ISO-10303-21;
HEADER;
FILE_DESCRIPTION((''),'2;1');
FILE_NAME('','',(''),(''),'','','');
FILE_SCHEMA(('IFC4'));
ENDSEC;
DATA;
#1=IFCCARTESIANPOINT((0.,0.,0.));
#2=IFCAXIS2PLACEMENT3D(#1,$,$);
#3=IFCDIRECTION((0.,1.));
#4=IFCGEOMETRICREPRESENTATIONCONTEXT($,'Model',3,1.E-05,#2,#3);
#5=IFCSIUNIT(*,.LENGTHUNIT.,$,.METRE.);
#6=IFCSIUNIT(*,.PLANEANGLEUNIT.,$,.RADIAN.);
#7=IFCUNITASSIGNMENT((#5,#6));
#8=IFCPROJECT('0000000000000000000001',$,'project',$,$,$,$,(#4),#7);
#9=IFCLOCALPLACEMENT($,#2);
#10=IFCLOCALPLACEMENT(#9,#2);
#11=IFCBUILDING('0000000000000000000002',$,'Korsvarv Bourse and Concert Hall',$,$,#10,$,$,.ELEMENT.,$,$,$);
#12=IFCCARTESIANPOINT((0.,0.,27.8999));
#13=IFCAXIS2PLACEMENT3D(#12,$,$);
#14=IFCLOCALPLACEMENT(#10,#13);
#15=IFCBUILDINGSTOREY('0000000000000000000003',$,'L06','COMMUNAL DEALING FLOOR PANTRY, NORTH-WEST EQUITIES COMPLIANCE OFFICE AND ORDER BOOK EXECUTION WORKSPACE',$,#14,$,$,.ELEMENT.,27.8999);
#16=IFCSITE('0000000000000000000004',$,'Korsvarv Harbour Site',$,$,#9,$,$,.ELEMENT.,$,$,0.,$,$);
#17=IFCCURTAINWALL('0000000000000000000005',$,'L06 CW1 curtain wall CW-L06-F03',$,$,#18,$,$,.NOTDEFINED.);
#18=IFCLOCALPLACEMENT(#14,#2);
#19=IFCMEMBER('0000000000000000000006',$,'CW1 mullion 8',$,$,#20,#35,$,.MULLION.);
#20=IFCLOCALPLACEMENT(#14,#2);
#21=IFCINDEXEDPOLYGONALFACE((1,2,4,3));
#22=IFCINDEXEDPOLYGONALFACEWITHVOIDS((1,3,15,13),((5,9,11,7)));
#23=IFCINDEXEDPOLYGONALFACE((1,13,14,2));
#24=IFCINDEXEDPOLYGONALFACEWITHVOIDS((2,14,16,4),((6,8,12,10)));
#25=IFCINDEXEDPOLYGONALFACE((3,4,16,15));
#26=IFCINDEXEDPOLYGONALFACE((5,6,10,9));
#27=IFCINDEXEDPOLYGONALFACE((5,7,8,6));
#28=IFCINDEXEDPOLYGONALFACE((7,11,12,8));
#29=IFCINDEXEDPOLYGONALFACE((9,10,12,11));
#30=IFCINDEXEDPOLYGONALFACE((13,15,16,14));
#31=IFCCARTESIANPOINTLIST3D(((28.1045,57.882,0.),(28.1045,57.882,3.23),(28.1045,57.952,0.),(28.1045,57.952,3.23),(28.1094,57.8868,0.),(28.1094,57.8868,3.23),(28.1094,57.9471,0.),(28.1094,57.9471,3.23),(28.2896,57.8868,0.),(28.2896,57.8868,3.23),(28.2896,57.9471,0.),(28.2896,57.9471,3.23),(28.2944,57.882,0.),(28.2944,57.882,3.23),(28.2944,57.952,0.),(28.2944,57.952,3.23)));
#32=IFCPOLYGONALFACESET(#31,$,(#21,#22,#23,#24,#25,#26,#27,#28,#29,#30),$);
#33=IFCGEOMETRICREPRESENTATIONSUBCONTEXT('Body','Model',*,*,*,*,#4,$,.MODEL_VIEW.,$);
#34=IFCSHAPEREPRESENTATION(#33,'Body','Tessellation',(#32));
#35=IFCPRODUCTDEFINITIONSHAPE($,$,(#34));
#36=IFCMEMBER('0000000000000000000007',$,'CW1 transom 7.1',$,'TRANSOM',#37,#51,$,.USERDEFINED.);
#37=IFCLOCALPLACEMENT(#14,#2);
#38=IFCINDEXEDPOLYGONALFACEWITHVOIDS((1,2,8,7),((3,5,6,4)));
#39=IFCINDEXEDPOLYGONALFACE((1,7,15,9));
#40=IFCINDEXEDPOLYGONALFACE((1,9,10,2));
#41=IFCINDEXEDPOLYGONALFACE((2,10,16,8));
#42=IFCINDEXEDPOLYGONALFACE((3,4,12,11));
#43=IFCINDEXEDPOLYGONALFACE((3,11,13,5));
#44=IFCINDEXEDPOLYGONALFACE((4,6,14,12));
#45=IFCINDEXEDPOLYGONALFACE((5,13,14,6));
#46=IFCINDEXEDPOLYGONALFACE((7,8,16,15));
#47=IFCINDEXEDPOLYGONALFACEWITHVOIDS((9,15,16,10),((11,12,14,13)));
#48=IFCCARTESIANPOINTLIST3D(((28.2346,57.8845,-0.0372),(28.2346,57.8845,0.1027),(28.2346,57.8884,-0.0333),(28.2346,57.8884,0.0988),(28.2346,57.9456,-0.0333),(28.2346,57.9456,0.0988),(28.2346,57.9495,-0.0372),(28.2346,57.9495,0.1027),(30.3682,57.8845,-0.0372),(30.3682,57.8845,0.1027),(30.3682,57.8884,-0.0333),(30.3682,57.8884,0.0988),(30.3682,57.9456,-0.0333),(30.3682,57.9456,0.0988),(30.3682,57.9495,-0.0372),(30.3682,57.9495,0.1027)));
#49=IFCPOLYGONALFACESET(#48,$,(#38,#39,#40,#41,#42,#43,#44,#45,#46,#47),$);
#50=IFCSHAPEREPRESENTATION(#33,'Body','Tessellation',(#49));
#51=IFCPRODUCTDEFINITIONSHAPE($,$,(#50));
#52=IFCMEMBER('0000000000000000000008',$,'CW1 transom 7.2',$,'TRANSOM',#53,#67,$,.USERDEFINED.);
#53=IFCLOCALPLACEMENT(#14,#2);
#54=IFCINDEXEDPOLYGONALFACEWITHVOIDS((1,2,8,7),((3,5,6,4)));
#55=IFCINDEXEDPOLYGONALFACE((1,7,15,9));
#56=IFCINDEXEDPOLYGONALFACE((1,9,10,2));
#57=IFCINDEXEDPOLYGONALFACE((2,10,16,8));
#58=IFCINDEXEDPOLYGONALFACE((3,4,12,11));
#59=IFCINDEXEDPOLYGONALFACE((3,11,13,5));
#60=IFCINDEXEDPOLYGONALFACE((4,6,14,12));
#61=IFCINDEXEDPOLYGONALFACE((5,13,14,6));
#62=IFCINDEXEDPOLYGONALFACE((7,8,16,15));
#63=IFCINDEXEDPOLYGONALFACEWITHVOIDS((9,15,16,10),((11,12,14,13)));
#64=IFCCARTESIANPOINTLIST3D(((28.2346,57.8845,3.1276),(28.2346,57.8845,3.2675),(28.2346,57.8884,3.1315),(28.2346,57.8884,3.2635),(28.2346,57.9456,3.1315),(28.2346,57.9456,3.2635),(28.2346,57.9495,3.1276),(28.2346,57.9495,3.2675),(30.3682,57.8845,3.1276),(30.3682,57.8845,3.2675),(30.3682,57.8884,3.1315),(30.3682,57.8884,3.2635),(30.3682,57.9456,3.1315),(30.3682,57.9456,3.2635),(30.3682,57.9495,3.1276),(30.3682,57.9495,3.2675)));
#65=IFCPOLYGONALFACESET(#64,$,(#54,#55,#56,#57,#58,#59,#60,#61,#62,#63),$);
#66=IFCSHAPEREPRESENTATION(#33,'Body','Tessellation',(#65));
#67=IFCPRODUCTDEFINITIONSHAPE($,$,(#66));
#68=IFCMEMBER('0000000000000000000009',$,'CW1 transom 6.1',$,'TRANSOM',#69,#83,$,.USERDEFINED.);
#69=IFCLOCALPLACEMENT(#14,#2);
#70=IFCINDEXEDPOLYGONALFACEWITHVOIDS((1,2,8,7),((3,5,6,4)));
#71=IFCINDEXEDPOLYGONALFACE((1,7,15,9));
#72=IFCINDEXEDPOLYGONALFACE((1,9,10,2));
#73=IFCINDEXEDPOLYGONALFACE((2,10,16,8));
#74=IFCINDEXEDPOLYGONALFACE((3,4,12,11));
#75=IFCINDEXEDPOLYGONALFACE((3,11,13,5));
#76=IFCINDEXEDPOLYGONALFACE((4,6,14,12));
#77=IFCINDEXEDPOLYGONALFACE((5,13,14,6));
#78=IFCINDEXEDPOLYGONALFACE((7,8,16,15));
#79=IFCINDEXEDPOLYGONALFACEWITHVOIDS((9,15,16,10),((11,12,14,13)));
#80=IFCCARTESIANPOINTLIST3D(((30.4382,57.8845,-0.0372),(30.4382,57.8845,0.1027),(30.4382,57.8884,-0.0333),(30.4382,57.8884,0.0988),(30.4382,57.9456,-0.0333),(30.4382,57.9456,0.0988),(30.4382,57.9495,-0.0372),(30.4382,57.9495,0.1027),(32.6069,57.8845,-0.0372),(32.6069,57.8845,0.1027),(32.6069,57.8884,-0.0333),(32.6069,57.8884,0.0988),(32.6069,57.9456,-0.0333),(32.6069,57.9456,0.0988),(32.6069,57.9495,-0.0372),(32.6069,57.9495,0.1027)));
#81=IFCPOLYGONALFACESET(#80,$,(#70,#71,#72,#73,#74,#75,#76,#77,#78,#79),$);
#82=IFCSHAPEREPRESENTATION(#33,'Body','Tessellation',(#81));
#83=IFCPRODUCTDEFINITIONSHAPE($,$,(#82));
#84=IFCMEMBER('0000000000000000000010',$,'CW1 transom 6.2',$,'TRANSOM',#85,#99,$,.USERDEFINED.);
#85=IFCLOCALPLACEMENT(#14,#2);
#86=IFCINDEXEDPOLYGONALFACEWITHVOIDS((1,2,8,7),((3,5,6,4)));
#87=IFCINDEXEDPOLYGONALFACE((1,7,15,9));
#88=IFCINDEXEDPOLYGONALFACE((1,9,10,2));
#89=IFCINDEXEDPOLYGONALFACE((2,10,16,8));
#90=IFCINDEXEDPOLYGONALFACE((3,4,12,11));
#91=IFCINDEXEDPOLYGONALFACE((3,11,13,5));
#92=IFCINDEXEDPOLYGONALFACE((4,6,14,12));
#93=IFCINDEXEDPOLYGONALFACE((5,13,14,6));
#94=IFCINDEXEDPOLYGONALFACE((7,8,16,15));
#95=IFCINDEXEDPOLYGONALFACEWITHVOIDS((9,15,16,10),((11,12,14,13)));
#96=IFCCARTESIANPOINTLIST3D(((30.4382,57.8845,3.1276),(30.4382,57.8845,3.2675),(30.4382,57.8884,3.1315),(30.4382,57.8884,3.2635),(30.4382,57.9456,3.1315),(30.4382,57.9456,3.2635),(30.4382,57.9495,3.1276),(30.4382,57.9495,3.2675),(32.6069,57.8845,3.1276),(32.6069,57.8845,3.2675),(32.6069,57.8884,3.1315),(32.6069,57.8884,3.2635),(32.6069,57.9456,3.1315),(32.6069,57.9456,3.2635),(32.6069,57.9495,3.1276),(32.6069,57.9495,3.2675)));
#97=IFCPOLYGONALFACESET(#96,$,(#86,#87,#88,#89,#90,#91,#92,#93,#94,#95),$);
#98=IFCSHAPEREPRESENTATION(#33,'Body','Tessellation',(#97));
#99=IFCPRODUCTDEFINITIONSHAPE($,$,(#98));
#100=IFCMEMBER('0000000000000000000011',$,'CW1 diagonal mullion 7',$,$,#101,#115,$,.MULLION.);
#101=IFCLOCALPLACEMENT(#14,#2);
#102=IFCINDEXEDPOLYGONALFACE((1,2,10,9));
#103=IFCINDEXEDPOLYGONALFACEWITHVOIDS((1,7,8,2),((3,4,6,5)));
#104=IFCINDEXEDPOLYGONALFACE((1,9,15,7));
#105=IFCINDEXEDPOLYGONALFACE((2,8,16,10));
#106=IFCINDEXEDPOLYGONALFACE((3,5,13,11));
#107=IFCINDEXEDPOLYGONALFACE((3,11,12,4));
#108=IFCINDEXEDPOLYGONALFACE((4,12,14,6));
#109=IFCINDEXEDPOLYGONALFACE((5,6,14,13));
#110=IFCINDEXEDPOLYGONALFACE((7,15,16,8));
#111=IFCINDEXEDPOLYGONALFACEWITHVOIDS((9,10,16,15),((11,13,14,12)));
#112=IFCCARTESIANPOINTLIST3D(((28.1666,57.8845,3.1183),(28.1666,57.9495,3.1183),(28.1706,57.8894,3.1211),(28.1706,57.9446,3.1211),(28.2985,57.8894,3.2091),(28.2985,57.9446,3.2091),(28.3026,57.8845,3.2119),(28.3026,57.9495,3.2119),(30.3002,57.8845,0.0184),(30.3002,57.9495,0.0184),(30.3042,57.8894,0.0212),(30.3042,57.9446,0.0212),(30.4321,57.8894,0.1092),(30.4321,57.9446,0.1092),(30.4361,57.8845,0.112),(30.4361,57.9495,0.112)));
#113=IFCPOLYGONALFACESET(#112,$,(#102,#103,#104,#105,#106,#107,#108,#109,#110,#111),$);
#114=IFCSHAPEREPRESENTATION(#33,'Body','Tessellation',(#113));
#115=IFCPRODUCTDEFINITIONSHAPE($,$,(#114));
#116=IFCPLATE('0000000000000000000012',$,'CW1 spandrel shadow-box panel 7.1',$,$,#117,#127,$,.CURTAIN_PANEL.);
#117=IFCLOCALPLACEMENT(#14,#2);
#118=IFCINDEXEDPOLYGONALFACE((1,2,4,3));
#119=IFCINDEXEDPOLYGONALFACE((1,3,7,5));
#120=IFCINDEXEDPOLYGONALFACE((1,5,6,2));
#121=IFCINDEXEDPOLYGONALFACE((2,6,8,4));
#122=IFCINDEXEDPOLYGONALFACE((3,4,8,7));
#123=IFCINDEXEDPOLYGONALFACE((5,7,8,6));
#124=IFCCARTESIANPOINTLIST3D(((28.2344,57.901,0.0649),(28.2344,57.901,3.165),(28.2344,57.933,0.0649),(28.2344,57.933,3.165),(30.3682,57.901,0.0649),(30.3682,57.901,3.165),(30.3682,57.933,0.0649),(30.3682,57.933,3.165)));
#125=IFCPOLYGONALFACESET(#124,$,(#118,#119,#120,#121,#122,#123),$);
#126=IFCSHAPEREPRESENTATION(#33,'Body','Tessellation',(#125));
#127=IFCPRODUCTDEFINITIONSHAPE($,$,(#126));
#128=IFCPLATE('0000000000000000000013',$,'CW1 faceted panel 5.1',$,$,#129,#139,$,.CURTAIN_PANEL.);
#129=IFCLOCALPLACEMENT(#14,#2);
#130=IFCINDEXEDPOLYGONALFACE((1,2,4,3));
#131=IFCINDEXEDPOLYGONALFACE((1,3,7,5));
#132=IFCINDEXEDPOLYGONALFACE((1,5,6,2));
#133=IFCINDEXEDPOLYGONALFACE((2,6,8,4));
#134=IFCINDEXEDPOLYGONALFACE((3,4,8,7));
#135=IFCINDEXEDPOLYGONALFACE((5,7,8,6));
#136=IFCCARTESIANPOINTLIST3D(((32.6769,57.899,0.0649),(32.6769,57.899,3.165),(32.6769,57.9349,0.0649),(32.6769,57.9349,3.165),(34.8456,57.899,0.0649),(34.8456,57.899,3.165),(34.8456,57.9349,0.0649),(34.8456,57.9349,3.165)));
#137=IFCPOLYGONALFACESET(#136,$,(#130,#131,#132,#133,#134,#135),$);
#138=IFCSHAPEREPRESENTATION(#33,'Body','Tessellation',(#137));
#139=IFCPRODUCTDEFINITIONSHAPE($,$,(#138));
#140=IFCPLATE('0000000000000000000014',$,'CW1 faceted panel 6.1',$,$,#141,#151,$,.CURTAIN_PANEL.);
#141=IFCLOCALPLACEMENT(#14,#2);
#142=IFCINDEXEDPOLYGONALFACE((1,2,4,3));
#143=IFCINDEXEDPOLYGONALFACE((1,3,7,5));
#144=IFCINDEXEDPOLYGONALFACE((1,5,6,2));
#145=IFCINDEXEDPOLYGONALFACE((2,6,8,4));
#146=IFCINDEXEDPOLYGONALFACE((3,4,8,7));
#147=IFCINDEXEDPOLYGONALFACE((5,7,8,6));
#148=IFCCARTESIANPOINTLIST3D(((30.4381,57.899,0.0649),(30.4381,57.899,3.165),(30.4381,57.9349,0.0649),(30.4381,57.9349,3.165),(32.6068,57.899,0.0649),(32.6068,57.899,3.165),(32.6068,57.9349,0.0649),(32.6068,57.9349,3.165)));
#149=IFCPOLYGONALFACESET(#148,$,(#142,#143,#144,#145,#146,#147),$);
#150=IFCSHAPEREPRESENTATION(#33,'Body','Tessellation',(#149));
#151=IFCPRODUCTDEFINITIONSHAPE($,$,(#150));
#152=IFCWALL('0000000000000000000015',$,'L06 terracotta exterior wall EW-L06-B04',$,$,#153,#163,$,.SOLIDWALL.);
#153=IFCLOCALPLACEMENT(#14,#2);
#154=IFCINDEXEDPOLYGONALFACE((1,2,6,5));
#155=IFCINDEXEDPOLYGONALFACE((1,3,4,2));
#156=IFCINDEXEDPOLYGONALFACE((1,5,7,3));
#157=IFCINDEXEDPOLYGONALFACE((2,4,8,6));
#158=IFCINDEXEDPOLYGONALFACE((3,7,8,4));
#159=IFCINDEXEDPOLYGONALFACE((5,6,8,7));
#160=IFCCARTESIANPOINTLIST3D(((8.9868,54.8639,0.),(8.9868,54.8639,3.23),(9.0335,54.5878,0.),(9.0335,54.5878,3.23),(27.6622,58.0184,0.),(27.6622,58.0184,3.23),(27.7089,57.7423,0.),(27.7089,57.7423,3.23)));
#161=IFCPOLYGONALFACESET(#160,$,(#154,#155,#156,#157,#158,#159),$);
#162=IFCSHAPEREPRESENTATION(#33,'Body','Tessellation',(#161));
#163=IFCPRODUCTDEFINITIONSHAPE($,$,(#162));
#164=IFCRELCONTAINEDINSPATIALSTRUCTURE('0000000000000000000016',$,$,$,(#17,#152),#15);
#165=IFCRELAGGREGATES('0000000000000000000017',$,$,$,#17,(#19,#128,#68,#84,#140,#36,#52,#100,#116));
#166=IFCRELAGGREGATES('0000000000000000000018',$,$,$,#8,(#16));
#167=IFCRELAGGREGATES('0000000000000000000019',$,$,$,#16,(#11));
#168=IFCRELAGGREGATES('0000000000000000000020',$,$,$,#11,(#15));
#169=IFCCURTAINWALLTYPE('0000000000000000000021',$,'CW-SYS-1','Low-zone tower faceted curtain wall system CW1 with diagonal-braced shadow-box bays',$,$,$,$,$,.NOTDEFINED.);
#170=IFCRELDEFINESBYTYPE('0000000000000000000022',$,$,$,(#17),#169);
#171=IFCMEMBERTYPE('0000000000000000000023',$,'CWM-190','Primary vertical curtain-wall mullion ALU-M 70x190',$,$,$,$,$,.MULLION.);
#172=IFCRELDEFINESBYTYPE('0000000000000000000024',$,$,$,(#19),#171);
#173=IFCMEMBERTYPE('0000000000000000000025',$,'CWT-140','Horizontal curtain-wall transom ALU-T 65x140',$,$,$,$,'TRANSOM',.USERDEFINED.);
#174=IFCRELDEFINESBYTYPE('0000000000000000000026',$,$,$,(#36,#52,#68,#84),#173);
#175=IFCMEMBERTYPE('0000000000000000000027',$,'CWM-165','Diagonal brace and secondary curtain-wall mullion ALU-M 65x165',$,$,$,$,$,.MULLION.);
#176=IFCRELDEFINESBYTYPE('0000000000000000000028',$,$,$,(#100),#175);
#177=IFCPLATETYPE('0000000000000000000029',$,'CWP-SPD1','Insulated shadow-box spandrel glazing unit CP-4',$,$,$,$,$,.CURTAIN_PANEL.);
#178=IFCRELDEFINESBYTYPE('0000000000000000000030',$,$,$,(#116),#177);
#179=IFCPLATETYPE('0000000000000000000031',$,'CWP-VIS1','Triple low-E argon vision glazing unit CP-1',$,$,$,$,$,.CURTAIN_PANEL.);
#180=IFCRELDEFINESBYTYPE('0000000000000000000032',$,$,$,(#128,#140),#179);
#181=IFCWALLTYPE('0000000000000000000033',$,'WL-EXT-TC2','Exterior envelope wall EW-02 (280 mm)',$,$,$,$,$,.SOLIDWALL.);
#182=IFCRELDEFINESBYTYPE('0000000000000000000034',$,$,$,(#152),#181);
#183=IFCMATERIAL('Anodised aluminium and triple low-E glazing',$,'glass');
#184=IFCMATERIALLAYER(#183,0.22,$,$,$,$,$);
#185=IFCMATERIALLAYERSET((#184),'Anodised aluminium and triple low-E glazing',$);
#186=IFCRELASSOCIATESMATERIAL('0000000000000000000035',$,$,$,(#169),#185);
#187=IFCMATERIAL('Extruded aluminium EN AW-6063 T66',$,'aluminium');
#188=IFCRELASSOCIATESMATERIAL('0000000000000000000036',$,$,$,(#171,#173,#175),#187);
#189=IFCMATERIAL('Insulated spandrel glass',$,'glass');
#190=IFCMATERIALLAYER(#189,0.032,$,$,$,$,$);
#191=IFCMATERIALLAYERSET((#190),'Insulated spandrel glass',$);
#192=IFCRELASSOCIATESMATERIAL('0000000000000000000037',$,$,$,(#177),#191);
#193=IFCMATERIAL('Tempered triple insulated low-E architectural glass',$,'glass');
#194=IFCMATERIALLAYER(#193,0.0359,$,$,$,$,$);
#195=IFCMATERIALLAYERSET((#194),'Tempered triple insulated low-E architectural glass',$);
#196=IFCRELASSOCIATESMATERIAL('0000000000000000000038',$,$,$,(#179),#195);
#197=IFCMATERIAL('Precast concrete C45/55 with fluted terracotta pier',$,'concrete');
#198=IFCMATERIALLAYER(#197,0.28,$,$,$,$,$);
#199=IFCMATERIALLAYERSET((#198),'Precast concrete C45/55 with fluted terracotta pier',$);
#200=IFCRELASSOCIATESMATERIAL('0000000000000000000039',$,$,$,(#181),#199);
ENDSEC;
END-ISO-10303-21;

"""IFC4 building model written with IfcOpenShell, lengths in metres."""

from ifc_helpers import new_model, si_unit, direction, frame, frame_2d, origin, origin_2d, place, context, subcontext, project, spatial, rectangle, hollow_rectangle, extrude, source, transform, mapped, material, layer, layer_set, material_profile, profile_set, type_object, element, aggregate, save


model = new_model("IFC4")

# Units and contexts
model_context = context("Model", 3, precision=1e-05, world=origin(), true_north=direction((0.0, 1.0)))
body_context = subcontext(model_context, "Body", "Model", "MODEL_VIEW")
ifc_project = project(units=[si_unit("LENGTHUNIT", "METRE"), si_unit("PLANEANGLEUNIT", "RADIAN")], contexts=[model_context])

# Site, building, storey
site_placement = place(None, origin())
site = spatial("IfcSite", under=ifc_project, at=site_placement, Name="Korsvarv Harbour Site", CompositionType="ELEMENT", RefElevation=0.0)
building_placement = place(site_placement, origin())
building = spatial("IfcBuilding", under=site, at=building_placement, Name="Korsvarv Bourse and Concert Hall", CompositionType="ELEMENT")
storey_placement = place(building_placement, frame((0.0, 0.0, 27.8999)))
storey = spatial("IfcBuildingStorey", under=building, at=storey_placement, Name="L06", Description="COMMUNAL DEALING FLOOR PANTRY, NORTH-WEST EQUITIES COMPLIANCE OFFICE AND ORDER BOOK EXECUTION WORKSPACE", CompositionType="ELEMENT", Elevation=27.8999)

# Curtain wall, members, plates
ifc_material_1 = material(Name="Anodised aluminium and triple low-E glazing", Category="glass")
ifc_layer_1 = layer(ifc_material_1, 0.22)
ifc_layer_set_1 = layer_set([ifc_layer_1], Name="Anodised aluminium and triple low-E glazing")
curtain_wall_type = type_object("IfcCurtainWallType", Name="CW-SYS-1", Description="Low-zone tower faceted curtain wall system CW1 with diagonal-braced shadow-box bays", PredefinedType="NOTDEFINED", material=ifc_layer_set_1)
curtain_wall_placement = place(storey_placement, origin())
curtain_wall = element("IfcCurtainWall", 1, at=curtain_wall_placement, inside=storey, type_object=curtain_wall_type, Name="L06 CW1 curtain wall CW-L06-F03", PredefinedType="NOTDEFINED")
ifc_material_2 = material(Name="Extruded aluminium EN AW-6063 T66", Category="aluminium")
ifc_material_profile_1 = material_profile(ifc_material_2, hollow_rectangle(XDim=0.0701, YDim=0.1899, WallThickness=0.0049, at=origin_2d()), Name="ALU-M 70x190")
ifc_profile_set_1 = profile_set([ifc_material_profile_1], Name="Extruded aluminium EN AW-6063 T66")
member_type_1 = type_object("IfcMemberType", Name="CWM-190", Description="Primary vertical curtain-wall mullion ALU-M 70x190", PredefinedType="MULLION", material=ifc_profile_set_1)
shared_shape_1 = source(origin(), body_context, "Body", "SweptSolid", [
    extrude(hollow_rectangle(XDim=0.0701, YDim=0.1899, WallThickness=0.0049, at=origin_2d()), origin(), (0.0, 0.0, 1.0), 3.23),
])
member_1_placement = place(storey_placement, frame((28.1995, 57.917, 0.0), z_axis=(0.0, 0.0, 1.0), x_axis=(0.0, -1.0, 0.0)))
member_1 = element("IfcMember", 2, at=member_1_placement, type_object=member_type_1, Name="CW1 mullion 8", PredefinedType="MULLION", context=body_context, shape_type="MappedRepresentation", body=[
    mapped(shared_shape_1, transform((0.0, 0.0, 0.0), scale=1.0)),
])
ifc_material_profile_2 = material_profile(ifc_material_2, hollow_rectangle(XDim=0.0649, YDim=0.1399, WallThickness=0.0039, at=origin_2d()), Name="ALU-T 65x140")
ifc_profile_set_2 = profile_set([ifc_material_profile_2], Name="Extruded aluminium EN AW-6063 T66")
member_type_2 = type_object("IfcMemberType", Name="CWT-140", Description="Horizontal curtain-wall transom ALU-T 65x140", ElementType="TRANSOM", PredefinedType="USERDEFINED", material=ifc_profile_set_2)
shared_shape_2 = source(origin(), body_context, "Body", "SweptSolid", [
    extrude(hollow_rectangle(XDim=0.0649, YDim=0.1399, WallThickness=0.0039, at=origin_2d()), origin(), (0.0, 0.0, 1.0), 2.1335),
])
member_2_placement = place(storey_placement, frame((30.3682, 57.917, 0.0327), z_axis=(-1.0, 0.0, 0.0), x_axis=(0.0, -1.0, 0.0)))
member_2 = element("IfcMember", 3, at=member_2_placement, type_object=member_type_2, Name="CW1 transom 7.1", ObjectType="TRANSOM", PredefinedType="USERDEFINED", context=body_context, shape_type="MappedRepresentation", body=[
    mapped(shared_shape_2, transform((0.0, 0.0, 0.0), scale=1.0)),
])
member_3_placement = place(storey_placement, frame((30.3682, 57.917, 3.1975), z_axis=(-1.0, 0.0, 0.0), x_axis=(0.0, -1.0, 0.0)))
member_3 = element("IfcMember", 4, at=member_3_placement, type_object=member_type_2, Name="CW1 transom 7.2", ObjectType="TRANSOM", PredefinedType="USERDEFINED", context=body_context, shape_type="MappedRepresentation", body=[
    mapped(shared_shape_2, transform((0.0, 0.0, 0.0), scale=1.0)),
])
shared_shape_3 = source(origin(), body_context, "Body", "SweptSolid", [
    extrude(hollow_rectangle(XDim=0.0649, YDim=0.1399, WallThickness=0.0039, at=origin_2d()), origin(), (0.0, 0.0, 1.0), 2.1687),
])
member_4_placement = place(storey_placement, frame((32.6069, 57.917, 0.0327), z_axis=(-1.0, 0.0, 0.0), x_axis=(0.0, -1.0, 0.0)))
member_4 = element("IfcMember", 5, at=member_4_placement, type_object=member_type_2, Name="CW1 transom 6.1", ObjectType="TRANSOM", PredefinedType="USERDEFINED", context=body_context, shape_type="MappedRepresentation", body=[
    mapped(shared_shape_3, transform((0.0, 0.0, 0.0), scale=1.0)),
])
member_5_placement = place(storey_placement, frame((32.6069, 57.917, 3.1975), z_axis=(-1.0, 0.0, 0.0), x_axis=(0.0, -1.0, 0.0)))
member_5 = element("IfcMember", 6, at=member_5_placement, type_object=member_type_2, Name="CW1 transom 6.2", ObjectType="TRANSOM", PredefinedType="USERDEFINED", context=body_context, shape_type="MappedRepresentation", body=[
    mapped(shared_shape_3, transform((0.0, 0.0, 0.0), scale=1.0)),
])
ifc_material_profile_3 = material_profile(ifc_material_2, hollow_rectangle(XDim=0.0649, YDim=0.165, WallThickness=0.0049, at=origin_2d()), Name="ALU-M 65x165")
ifc_profile_set_3 = profile_set([ifc_material_profile_3], Name="Extruded aluminium EN AW-6063 T66")
member_type_3 = type_object("IfcMemberType", Name="CWM-165", Description="Diagonal brace and secondary curtain-wall mullion ALU-M 65x165", PredefinedType="MULLION", material=ifc_profile_set_3)
shared_shape_4 = source(origin(), body_context, "Body", "SweptSolid", [
    extrude(hollow_rectangle(XDim=0.0649, YDim=0.165, WallThickness=0.0049, at=origin_2d()), origin(), (0.0, 0.0, 1.0), 3.7632),
])
member_6_placement = place(storey_placement, frame((30.3682, 57.917, 0.0652), z_axis=(-0.566961, 0.0, 0.823745), x_axis=(0.0, -1.0, 0.0)))
member_6 = element("IfcMember", 7, at=member_6_placement, type_object=member_type_3, Name="CW1 diagonal mullion 7", PredefinedType="MULLION", context=body_context, shape_type="MappedRepresentation", body=[
    mapped(shared_shape_4, transform((0.0, 0.0, 0.0), scale=1.0)),
])
ifc_material_3 = material(Name="Insulated spandrel glass", Category="glass")
ifc_layer_2 = layer(ifc_material_3, 0.032)
ifc_layer_set_2 = layer_set([ifc_layer_2], Name="Insulated spandrel glass")
plate_type_1 = type_object("IfcPlateType", Name="CWP-SPD1", Description="Insulated shadow-box spandrel glazing unit CP-4", PredefinedType="CURTAIN_PANEL", material=ifc_layer_set_2)
shared_shape_5 = source(origin(), body_context, "Body", "SweptSolid", [
    extrude(rectangle(XDim=2.1338, YDim=0.032, at=origin_2d()), origin(), (0.0, 0.0, 1.0), 3.1001),
])
plate_1_placement = place(storey_placement, frame((29.3013, 57.917, 0.0649), z_axis=(0.0, 0.0, 1.0), x_axis=(-1.0, 0.0, 0.0)))
plate_1 = element("IfcPlate", 8, at=plate_1_placement, type_object=plate_type_1, Name="CW1 spandrel shadow-box panel 7.1", PredefinedType="CURTAIN_PANEL", context=body_context, shape_type="MappedRepresentation", body=[
    mapped(shared_shape_5, transform((0.0, 0.0, 0.0), scale=1.0)),
])
ifc_material_4 = material(Name="Tempered triple insulated low-E architectural glass", Category="glass")
ifc_layer_3 = layer(ifc_material_4, 0.0359)
ifc_layer_set_3 = layer_set([ifc_layer_3], Name="Tempered triple insulated low-E architectural glass")
plate_type_2 = type_object("IfcPlateType", Name="CWP-VIS1", Description="Triple low-E argon vision glazing unit CP-1", PredefinedType="CURTAIN_PANEL", material=ifc_layer_set_3)
shared_shape_6 = source(origin(), body_context, "Body", "SweptSolid", [
    extrude(rectangle(XDim=2.1687, YDim=0.0359, at=origin_2d()), origin(), (0.0, 0.0, 1.0), 3.1001),
])
plate_2_placement = place(storey_placement, frame((33.7612, 57.917, 0.0649), z_axis=(0.0, 0.0, 1.0), x_axis=(-1.0, 0.0, 0.0)))
plate_2 = element("IfcPlate", 9, at=plate_2_placement, type_object=plate_type_2, Name="CW1 faceted panel 5.1", PredefinedType="CURTAIN_PANEL", context=body_context, shape_type="MappedRepresentation", body=[
    mapped(shared_shape_6, transform((0.0, 0.0, 0.0), scale=1.0)),
])
plate_3_placement = place(storey_placement, frame((31.5225, 57.917, 0.0649), z_axis=(0.0, 0.0, 1.0), x_axis=(-1.0, 0.0, 0.0)))
plate_3 = element("IfcPlate", 10, at=plate_3_placement, type_object=plate_type_2, Name="CW1 faceted panel 6.1", PredefinedType="CURTAIN_PANEL", context=body_context, shape_type="MappedRepresentation", body=[
    mapped(shared_shape_6, transform((0.0, 0.0, 0.0), scale=1.0)),
])
aggregate(curtain_wall, [member_1, plate_2, member_4, member_5, plate_3, member_2, member_3, member_6, plate_1])

# Wall
ifc_material_5 = material(Name="Precast concrete C45/55 with fluted terracotta pier", Category="concrete")
ifc_layer_4 = layer(ifc_material_5, 0.28)
ifc_layer_set_4 = layer_set([ifc_layer_4], Name="Precast concrete C45/55 with fluted terracotta pier")
wall_type_1 = type_object("IfcWallType", Name="WL-EXT-TC2", Description="Exterior envelope wall EW-02 (280 mm)", PredefinedType="SOLIDWALL", material=ifc_layer_set_4)
wall_1_placement = place(storey_placement, frame((27.6855, 57.8804, 0.0), z_axis=(0.0, 0.0, 1.0), x_axis=(-0.986032, -0.166556, 0.0)))
element("IfcWall", 11, at=wall_1_placement, inside=storey, type_object=wall_type_1, Name="L06 terracotta exterior wall EW-L06-B04", PredefinedType="SOLIDWALL", context=body_context, shape_type="SweptSolid", body=[
    extrude(rectangle(XDim=18.9399, YDim=0.28, at=frame_2d((9.47, 0.0))), origin(), (0.0, 0.0, 1.0), 3.23),
])

save(model, "model.ifc")
